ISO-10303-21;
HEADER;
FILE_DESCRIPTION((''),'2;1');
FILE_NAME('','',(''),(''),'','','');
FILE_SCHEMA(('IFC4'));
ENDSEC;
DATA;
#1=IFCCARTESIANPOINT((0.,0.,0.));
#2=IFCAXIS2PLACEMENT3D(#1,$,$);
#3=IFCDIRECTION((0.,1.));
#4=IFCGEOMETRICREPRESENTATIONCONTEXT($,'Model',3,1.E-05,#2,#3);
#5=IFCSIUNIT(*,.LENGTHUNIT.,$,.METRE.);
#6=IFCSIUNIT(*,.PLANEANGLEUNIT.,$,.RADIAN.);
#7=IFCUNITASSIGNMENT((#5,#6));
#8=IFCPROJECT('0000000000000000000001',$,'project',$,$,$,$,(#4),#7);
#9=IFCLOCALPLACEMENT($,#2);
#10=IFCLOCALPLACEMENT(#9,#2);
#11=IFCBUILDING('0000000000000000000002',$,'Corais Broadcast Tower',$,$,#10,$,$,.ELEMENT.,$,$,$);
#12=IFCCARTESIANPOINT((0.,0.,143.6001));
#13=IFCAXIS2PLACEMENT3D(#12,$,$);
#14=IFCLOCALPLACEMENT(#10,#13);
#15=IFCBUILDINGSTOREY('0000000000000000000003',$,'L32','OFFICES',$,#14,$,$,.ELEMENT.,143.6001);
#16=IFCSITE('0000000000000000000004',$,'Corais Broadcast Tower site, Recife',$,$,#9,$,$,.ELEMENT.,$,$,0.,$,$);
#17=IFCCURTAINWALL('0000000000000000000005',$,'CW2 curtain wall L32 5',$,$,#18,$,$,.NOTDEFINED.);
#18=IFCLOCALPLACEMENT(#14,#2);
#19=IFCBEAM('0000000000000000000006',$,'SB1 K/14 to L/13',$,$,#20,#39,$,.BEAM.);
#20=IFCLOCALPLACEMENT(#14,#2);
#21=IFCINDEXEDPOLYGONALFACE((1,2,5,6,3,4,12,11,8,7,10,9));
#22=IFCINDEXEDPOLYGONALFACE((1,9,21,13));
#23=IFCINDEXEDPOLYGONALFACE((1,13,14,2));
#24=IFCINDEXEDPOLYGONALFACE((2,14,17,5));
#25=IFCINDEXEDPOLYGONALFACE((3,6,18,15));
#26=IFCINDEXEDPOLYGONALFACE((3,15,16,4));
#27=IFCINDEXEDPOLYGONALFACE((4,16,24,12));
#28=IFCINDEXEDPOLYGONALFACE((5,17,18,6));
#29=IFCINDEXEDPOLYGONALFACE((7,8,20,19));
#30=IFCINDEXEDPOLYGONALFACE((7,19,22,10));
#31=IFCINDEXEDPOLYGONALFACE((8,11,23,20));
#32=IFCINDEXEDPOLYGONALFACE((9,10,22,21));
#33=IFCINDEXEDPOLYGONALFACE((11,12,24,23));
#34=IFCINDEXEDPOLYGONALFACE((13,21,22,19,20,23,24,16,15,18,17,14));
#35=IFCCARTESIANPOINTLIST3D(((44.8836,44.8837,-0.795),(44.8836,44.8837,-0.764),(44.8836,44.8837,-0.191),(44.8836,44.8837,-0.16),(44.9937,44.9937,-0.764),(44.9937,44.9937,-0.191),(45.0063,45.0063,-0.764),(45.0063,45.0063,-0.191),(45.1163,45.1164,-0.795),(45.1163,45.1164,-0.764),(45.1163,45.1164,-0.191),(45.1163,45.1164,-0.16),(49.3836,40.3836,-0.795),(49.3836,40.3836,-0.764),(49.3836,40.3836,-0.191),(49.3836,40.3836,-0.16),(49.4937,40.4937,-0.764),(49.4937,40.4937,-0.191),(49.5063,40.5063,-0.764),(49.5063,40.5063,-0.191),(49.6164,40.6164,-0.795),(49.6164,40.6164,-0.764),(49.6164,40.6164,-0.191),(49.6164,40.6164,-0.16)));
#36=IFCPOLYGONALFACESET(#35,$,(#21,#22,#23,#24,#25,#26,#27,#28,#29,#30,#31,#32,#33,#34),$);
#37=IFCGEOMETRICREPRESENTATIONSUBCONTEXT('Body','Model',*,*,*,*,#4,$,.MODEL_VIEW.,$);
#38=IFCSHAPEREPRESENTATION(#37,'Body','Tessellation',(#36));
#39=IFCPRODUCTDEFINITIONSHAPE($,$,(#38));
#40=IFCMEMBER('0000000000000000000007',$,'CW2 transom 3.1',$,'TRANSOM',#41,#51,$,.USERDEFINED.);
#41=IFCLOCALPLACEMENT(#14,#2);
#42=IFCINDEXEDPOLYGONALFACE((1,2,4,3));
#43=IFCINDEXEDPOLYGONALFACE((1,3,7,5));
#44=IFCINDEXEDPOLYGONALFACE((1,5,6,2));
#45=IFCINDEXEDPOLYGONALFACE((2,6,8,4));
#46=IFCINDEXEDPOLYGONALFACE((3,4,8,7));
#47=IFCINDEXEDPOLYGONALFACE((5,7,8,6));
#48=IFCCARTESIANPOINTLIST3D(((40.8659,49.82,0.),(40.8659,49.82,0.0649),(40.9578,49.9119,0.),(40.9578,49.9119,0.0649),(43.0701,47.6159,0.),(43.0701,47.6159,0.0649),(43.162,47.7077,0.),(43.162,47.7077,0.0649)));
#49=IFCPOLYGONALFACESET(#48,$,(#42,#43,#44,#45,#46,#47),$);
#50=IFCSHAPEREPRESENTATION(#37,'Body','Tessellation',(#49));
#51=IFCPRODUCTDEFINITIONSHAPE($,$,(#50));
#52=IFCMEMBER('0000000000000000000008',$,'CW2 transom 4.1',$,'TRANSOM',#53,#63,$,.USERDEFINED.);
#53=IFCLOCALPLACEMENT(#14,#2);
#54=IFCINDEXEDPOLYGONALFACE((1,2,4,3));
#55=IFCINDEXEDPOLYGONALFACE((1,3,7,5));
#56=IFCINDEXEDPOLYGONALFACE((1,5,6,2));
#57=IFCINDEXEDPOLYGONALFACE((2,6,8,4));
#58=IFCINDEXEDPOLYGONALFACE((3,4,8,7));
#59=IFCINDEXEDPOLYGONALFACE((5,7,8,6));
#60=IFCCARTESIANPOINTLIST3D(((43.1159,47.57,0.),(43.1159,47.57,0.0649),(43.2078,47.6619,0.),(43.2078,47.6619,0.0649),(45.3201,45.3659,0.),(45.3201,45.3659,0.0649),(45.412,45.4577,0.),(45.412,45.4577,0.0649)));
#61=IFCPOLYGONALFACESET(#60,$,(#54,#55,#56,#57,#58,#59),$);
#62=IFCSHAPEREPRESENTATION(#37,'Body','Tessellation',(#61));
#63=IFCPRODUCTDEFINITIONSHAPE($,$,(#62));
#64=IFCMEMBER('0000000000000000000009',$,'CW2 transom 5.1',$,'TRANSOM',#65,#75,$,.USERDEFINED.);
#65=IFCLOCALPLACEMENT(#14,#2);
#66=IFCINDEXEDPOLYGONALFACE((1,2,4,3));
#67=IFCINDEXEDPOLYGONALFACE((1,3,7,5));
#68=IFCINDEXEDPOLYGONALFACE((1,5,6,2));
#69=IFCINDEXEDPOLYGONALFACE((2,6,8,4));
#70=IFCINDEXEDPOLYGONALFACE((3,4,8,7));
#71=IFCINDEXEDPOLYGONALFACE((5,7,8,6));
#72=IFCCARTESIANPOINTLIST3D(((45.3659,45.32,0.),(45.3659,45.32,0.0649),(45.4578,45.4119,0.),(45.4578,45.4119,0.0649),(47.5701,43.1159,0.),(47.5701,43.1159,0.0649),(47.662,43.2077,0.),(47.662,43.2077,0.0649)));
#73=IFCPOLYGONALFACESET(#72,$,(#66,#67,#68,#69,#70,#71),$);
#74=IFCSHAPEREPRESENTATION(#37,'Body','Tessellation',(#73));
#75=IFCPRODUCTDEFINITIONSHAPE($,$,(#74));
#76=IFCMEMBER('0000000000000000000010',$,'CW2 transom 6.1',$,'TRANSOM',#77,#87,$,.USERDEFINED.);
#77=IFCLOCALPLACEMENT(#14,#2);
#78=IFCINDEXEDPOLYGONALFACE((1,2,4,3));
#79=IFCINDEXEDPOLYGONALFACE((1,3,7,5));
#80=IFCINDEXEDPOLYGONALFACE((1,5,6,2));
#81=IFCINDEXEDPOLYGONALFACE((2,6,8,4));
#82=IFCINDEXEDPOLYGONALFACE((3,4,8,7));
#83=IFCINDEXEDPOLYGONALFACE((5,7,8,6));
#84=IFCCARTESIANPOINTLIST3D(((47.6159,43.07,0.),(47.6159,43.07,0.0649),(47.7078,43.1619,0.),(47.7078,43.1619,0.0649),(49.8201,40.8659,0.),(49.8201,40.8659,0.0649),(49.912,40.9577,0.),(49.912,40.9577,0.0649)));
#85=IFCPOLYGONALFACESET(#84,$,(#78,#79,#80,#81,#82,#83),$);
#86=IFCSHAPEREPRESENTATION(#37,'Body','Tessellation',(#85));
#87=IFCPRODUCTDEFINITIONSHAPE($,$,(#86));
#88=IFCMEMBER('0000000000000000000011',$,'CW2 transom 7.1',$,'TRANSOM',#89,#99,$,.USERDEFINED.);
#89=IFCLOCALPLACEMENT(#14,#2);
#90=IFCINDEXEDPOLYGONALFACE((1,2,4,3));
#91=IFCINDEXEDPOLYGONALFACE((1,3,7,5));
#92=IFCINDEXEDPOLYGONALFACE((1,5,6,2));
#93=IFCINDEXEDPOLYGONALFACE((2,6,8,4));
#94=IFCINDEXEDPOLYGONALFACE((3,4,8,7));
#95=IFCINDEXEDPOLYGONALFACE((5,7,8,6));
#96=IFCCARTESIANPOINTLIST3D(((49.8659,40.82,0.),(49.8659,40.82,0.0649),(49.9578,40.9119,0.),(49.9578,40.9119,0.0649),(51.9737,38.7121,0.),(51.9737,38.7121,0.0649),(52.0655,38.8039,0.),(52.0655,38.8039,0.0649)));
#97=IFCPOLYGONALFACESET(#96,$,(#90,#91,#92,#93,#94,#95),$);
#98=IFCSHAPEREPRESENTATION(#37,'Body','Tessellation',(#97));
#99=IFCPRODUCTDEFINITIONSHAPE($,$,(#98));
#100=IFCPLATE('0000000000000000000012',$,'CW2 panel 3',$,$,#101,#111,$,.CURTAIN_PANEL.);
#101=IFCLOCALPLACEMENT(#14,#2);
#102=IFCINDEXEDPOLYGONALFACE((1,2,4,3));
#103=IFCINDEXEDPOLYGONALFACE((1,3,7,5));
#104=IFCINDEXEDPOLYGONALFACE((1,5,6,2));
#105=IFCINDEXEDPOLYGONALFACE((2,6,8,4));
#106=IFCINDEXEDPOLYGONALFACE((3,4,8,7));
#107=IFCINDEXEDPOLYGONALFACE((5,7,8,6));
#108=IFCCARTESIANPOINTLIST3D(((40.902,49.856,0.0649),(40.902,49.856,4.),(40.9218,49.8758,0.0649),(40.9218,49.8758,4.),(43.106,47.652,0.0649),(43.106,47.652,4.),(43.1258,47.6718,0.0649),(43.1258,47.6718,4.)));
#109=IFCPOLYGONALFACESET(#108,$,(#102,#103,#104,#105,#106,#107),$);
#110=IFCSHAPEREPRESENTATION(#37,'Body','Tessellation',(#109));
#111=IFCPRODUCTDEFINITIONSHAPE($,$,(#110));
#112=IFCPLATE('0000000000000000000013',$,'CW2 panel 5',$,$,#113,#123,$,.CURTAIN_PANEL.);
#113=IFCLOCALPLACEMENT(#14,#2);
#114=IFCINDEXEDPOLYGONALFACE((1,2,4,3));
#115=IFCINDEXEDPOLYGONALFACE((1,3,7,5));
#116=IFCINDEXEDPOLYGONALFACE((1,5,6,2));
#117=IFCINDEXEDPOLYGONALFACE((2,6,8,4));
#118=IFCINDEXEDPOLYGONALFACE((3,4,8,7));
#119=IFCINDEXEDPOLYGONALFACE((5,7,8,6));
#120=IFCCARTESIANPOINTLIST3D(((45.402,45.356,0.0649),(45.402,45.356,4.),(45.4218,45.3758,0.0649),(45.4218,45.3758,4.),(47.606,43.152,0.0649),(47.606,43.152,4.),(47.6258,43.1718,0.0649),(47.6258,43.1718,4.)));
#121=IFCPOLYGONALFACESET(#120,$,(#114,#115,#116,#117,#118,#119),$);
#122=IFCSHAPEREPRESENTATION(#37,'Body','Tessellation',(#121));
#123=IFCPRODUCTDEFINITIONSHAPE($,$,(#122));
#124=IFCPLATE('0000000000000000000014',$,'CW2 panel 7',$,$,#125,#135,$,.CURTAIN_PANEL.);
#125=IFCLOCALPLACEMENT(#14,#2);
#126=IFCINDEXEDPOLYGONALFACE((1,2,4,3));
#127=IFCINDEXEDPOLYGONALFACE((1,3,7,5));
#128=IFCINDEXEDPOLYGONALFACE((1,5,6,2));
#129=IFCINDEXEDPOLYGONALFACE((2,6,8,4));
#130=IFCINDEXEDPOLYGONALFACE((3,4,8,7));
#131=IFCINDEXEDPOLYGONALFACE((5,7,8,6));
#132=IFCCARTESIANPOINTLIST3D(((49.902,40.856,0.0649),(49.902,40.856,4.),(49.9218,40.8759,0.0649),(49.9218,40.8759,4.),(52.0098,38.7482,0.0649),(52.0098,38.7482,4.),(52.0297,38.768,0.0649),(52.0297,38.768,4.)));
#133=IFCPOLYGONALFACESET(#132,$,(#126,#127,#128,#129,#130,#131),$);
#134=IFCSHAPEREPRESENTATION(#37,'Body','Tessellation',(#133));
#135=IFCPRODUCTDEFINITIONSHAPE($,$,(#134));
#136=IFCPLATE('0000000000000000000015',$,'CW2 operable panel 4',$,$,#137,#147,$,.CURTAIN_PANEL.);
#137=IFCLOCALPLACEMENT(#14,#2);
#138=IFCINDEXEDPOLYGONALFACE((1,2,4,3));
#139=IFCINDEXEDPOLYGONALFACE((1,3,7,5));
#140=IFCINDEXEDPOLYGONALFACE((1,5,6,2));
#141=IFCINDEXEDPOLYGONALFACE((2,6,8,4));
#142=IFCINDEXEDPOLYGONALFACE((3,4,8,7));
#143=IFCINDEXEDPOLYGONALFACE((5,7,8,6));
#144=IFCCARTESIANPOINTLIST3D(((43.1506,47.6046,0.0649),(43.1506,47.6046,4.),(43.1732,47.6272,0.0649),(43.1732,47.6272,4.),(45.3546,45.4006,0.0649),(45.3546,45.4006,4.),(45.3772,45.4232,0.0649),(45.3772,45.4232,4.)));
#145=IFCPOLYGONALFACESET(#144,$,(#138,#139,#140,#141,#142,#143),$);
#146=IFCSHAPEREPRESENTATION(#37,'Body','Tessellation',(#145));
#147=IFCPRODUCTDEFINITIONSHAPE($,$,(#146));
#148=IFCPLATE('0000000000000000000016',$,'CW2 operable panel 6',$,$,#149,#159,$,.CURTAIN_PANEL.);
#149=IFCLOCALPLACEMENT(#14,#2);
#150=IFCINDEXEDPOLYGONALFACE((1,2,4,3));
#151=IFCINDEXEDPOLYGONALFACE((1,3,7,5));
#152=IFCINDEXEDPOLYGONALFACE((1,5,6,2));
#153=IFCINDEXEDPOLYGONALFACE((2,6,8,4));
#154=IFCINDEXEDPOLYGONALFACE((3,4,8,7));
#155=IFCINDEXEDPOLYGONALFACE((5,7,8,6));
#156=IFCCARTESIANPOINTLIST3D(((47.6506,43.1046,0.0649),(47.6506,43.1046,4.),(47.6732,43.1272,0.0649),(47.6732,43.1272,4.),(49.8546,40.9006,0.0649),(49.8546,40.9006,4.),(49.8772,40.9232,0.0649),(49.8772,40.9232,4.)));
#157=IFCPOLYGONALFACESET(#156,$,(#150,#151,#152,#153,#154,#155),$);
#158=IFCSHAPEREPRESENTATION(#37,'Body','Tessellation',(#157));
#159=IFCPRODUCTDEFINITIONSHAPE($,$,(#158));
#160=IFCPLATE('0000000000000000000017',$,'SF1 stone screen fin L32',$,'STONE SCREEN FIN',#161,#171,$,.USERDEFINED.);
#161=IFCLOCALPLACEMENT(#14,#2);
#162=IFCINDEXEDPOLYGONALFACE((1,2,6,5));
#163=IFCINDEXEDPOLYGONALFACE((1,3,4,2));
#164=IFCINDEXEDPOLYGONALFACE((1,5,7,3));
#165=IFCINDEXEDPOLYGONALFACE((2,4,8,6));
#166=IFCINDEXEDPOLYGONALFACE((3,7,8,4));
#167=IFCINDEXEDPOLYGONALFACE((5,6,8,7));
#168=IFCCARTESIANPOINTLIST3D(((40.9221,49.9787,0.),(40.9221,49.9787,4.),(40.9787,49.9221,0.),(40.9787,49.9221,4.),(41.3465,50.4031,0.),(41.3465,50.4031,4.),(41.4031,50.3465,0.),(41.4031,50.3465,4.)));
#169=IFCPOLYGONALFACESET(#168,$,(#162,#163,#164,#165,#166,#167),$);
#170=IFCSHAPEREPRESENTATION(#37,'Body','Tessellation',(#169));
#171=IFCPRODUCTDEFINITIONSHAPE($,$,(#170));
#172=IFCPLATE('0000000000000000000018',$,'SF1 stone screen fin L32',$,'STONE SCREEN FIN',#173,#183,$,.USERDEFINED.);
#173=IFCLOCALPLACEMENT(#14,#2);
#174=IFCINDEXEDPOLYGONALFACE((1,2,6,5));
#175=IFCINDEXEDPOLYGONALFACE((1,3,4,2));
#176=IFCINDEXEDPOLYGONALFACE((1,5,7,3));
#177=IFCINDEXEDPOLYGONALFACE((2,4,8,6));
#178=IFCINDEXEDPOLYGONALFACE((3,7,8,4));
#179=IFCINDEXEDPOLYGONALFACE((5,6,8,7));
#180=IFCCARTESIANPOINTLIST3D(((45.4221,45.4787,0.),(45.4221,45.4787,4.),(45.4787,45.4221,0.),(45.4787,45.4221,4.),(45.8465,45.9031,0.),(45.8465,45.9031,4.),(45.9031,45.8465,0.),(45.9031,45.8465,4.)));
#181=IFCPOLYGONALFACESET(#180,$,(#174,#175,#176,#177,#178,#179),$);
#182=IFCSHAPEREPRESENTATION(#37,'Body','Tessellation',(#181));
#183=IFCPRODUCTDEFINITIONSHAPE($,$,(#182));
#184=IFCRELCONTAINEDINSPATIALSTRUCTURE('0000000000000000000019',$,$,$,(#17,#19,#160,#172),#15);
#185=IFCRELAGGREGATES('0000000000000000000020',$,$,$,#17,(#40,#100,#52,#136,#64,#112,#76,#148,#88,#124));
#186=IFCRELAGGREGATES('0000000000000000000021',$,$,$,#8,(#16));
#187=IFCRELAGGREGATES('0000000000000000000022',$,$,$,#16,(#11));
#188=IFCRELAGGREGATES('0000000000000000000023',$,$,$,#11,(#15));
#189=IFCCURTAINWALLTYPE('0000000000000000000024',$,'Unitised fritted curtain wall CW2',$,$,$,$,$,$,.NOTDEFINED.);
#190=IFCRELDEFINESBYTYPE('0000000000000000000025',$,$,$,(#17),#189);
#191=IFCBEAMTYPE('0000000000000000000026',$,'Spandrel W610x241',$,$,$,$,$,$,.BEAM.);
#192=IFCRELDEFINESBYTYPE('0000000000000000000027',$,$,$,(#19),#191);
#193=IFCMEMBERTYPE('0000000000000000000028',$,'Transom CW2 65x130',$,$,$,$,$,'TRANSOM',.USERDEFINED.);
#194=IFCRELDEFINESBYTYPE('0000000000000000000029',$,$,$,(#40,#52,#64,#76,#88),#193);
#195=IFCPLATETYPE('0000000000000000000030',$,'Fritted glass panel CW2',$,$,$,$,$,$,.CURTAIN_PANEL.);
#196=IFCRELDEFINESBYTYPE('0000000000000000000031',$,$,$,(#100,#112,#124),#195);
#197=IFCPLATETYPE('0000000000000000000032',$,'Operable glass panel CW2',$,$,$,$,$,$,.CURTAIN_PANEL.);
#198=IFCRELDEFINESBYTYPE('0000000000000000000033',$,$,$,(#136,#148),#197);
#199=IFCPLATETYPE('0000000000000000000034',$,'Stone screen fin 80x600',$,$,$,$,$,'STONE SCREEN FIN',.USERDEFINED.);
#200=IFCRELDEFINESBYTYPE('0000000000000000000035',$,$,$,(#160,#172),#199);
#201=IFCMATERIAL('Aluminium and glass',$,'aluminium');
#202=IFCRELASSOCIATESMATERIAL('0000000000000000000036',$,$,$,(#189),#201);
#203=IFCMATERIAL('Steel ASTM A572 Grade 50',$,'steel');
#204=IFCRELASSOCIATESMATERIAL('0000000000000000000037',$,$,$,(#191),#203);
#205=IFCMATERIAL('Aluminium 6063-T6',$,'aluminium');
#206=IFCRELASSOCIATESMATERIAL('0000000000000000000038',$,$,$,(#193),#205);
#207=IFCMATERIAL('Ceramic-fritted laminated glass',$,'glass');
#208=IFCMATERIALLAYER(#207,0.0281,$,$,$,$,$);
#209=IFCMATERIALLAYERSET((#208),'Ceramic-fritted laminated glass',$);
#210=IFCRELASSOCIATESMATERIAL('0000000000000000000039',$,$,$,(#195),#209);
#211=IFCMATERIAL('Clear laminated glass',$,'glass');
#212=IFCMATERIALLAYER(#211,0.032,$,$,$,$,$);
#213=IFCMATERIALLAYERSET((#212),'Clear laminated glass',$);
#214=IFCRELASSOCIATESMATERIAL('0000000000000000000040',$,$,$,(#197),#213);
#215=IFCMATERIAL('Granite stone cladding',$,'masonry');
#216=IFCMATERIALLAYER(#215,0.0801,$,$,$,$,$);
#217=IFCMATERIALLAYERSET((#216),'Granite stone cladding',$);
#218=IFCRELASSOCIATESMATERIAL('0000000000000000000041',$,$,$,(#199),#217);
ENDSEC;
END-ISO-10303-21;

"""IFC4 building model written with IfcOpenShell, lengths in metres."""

from ifc_helpers import new_model, si_unit, direction, frame, origin, origin_2d, place, context, subcontext, project, spatial, rectangle, i_section, extrude, material, layer, layer_set, material_profile, profile_set, type_object, element, aggregate, save


model = new_model("IFC4")

# Units and contexts
model_context = context("Model", 3, precision=1e-05, world=origin(), true_north=direction((0.0, 1.0)))
body_context = subcontext(model_context, "Body", "Model", "MODEL_VIEW")
ifc_project = project(units=[si_unit("LENGTHUNIT", "METRE"), si_unit("PLANEANGLEUNIT", "RADIAN")], contexts=[model_context])

# Site, building, storey
site_placement = place(None, origin())
site = spatial("IfcSite", under=ifc_project, at=site_placement, Name="Corais Broadcast Tower site, Recife", CompositionType="ELEMENT", RefElevation=0.0)
building_placement = place(site_placement, origin())
building = spatial("IfcBuilding", under=site, at=building_placement, Name="Corais Broadcast Tower", CompositionType="ELEMENT")
storey_placement = place(building_placement, frame((0.0, 0.0, 143.6001)))
storey = spatial("IfcBuildingStorey", under=building, at=storey_placement, Name="L32", Description="OFFICES", CompositionType="ELEMENT", Elevation=143.6001)

# Curtain wall
ifc_material_1 = material(Name="Aluminium and glass", Category="aluminium")
curtain_wall_type = type_object("IfcCurtainWallType", Name="Unitised fritted curtain wall CW2", PredefinedType="NOTDEFINED", material=ifc_material_1)
curtain_wall_placement = place(storey_placement, origin())
curtain_wall = element("IfcCurtainWall", 1, at=curtain_wall_placement, inside=storey, type_object=curtain_wall_type, Name="CW2 curtain wall L32 5", PredefinedType="NOTDEFINED")

# Beam
ifc_material_2 = material(Name="Steel ASTM A572 Grade 50", Category="steel")
ifc_material_profile_1 = material_profile(ifc_material_2, i_section(OverallWidth=0.3291, OverallDepth=0.635, WebThickness=0.0178, FlangeThickness=0.031, at=origin_2d()), Name="W610x241")
ifc_profile_set_1 = profile_set([ifc_material_profile_1], Name="Steel ASTM A572 Grade 50")
beam_type_1 = type_object("IfcBeamType", Name="Spandrel W610x241", PredefinedType="BEAM", material=ifc_profile_set_1)
for number, where, z_axis, x_axis, name in (
    (2, (49.5, 40.5, -0.4775), (-0.707107, 0.707107, 0.0), (-0.707107, -0.707107, 0.0), "SB1 K/14 to L/13"),
):
    element("IfcBeam", number, at=place(storey_placement, frame(where, z_axis=z_axis, x_axis=x_axis)), inside=storey, type_object=beam_type_1, Name=name, PredefinedType="BEAM", context=body_context, shape_type="SweptSolid", body=[
        extrude(i_section(OverallWidth=0.3291, OverallDepth=0.635, WebThickness=0.0178, FlangeThickness=0.031, at=origin_2d()), origin(), (0.0, 0.0, 1.0), 6.364),
    ])

# Members
ifc_material_3 = material(Name="Aluminium 6063-T6", Category="aluminium")
ifc_material_profile_2 = material_profile(ifc_material_3, rectangle(XDim=0.1299, YDim=0.0649, at=origin_2d()), Name="Transom CW2 65x130")
ifc_profile_set_2 = profile_set([ifc_material_profile_2], Name="Aluminium 6063-T6")
member_type_1 = type_object("IfcMemberType", Name="Transom CW2 65x130", ElementType="TRANSOM", PredefinedType="USERDEFINED", material=ifc_profile_set_2)
member_1_placement = place(storey_placement, frame((40.9119, 49.866, 0.0325), z_axis=(0.707107, -0.707107, 0.0), x_axis=(0.707107, 0.707107, 0.0)))
member_1 = element("IfcMember", 3, at=member_1_placement, type_object=member_type_1, Name="CW2 transom 3.1", ObjectType="TRANSOM", PredefinedType="USERDEFINED", context=body_context, shape_type="SweptSolid", body=[
    extrude(rectangle(XDim=0.1299, YDim=0.0649, at=origin_2d()), origin(), (0.0, 0.0, 1.0), 3.1172),
])
member_2_placement = place(storey_placement, frame((43.1619, 47.616, 0.0325), z_axis=(0.707107, -0.707107, 0.0), x_axis=(0.707107, 0.707107, 0.0)))
member_2 = element("IfcMember", 4, at=member_2_placement, type_object=member_type_1, Name="CW2 transom 4.1", ObjectType="TRANSOM", PredefinedType="USERDEFINED", context=body_context, shape_type="SweptSolid", body=[
    extrude(rectangle(XDim=0.1299, YDim=0.0649, at=origin_2d()), origin(), (0.0, 0.0, 1.0), 3.1172),
])
member_3_placement = place(storey_placement, frame((45.4119, 45.366, 0.0325), z_axis=(0.707107, -0.707107, 0.0), x_axis=(0.707107, 0.707107, 0.0)))
member_3 = element("IfcMember", 5, at=member_3_placement, type_object=member_type_1, Name="CW2 transom 5.1", ObjectType="TRANSOM", PredefinedType="USERDEFINED", context=body_context, shape_type="SweptSolid", body=[
    extrude(rectangle(XDim=0.1299, YDim=0.0649, at=origin_2d()), origin(), (0.0, 0.0, 1.0), 3.1172),
])
member_4_placement = place(storey_placement, frame((47.6619, 43.116, 0.0325), z_axis=(0.707107, -0.707107, 0.0), x_axis=(0.707107, 0.707107, 0.0)))
member_4 = element("IfcMember", 6, at=member_4_placement, type_object=member_type_1, Name="CW2 transom 6.1", ObjectType="TRANSOM", PredefinedType="USERDEFINED", context=body_context, shape_type="SweptSolid", body=[
    extrude(rectangle(XDim=0.1299, YDim=0.0649, at=origin_2d()), origin(), (0.0, 0.0, 1.0), 3.1172),
])
member_5_placement = place(storey_placement, frame((49.9119, 40.866, 0.0325), z_axis=(0.707066, -0.707148, 0.0), x_axis=(0.707148, 0.707066, 0.0)))
member_5 = element("IfcMember", 7, at=member_5_placement, type_object=member_type_1, Name="CW2 transom 7.1", ObjectType="TRANSOM", PredefinedType="USERDEFINED", context=body_context, shape_type="SweptSolid", body=[
    extrude(rectangle(XDim=0.1299, YDim=0.0649, at=origin_2d()), origin(), (0.0, 0.0, 1.0), 2.981),
])

# Plates
ifc_material_4 = material(Name="Ceramic-fritted laminated glass", Category="glass")
ifc_layer_1 = layer(ifc_material_4, 0.0281)
ifc_layer_set_1 = layer_set([ifc_layer_1], Name="Ceramic-fritted laminated glass")
plate_type_1 = type_object("IfcPlateType", Name="Fritted glass panel CW2", PredefinedType="CURTAIN_PANEL", material=ifc_layer_set_1)
plate_1_placement = place(storey_placement, frame((42.0139, 48.7639, 0.0649), z_axis=(0.0, 0.0, 1.0), x_axis=(0.707107, -0.707107, 0.0)))
plate_1 = element("IfcPlate", 8, at=plate_1_placement, type_object=plate_type_1, Name="CW2 panel 3", PredefinedType="CURTAIN_PANEL", context=body_context, shape_type="SweptSolid", body=[
    extrude(rectangle(XDim=3.1169, YDim=0.0281, at=origin_2d()), origin(), (0.0, 0.0, 1.0), 3.9351),
])
plate_2_placement = place(storey_placement, frame((46.5139, 44.2639, 0.0649), z_axis=(0.0, 0.0, 1.0), x_axis=(0.707107, -0.707107, 0.0)))
plate_2 = element("IfcPlate", 9, at=plate_2_placement, type_object=plate_type_1, Name="CW2 panel 5", PredefinedType="CURTAIN_PANEL", context=body_context, shape_type="SweptSolid", body=[
    extrude(rectangle(XDim=3.1169, YDim=0.0281, at=origin_2d()), origin(), (0.0, 0.0, 1.0), 3.9351),
])
plate_3_placement = place(storey_placement, frame((50.9658, 39.812, 0.0649), z_axis=(0.0, 0.0, 1.0), x_axis=(0.707107, -0.707107, 0.0)))
plate_3 = element("IfcPlate", 10, at=plate_3_placement, type_object=plate_type_1, Name="CW2 panel 7", PredefinedType="CURTAIN_PANEL", context=body_context, shape_type="SweptSolid", body=[
    extrude(rectangle(XDim=2.981, YDim=0.0281, at=origin_2d()), origin(), (0.0, 0.0, 1.0), 3.9351),
])
ifc_material_5 = material(Name="Clear laminated glass", Category="glass")
ifc_layer_2 = layer(ifc_material_5, 0.032)
ifc_layer_set_2 = layer_set([ifc_layer_2], Name="Clear laminated glass")
plate_type_2 = type_object("IfcPlateType", Name="Operable glass panel CW2", PredefinedType="CURTAIN_PANEL", material=ifc_layer_set_2)
plate_4_placement = place(storey_placement, frame((44.2639, 46.5139, 0.0649), z_axis=(0.0, 0.0, 1.0), x_axis=(0.707107, -0.707107, 0.0)))
plate_4 = element("IfcPlate", 11, at=plate_4_placement, type_object=plate_type_2, Name="CW2 operable panel 4", PredefinedType="CURTAIN_PANEL", context=body_context, shape_type="SweptSolid", body=[
    extrude(rectangle(XDim=3.1169, YDim=0.032, at=origin_2d()), origin(), (0.0, 0.0, 1.0), 3.9351),
])
plate_5_placement = place(storey_placement, frame((48.7639, 42.0139, 0.0649), z_axis=(0.0, 0.0, 1.0), x_axis=(0.707107, -0.707107, 0.0)))
plate_5 = element("IfcPlate", 12, at=plate_5_placement, type_object=plate_type_2, Name="CW2 operable panel 6", PredefinedType="CURTAIN_PANEL", context=body_context, shape_type="SweptSolid", body=[
    extrude(rectangle(XDim=3.1169, YDim=0.032, at=origin_2d()), origin(), (0.0, 0.0, 1.0), 3.9351),
])
aggregate(curtain_wall, [member_1, plate_1, member_2, plate_4, member_3, plate_2, member_4, plate_5, member_5, plate_3])

# Plates
ifc_material_6 = material(Name="Granite stone cladding", Category="masonry")
ifc_layer_3 = layer(ifc_material_6, 0.0801)
ifc_layer_set_3 = layer_set([ifc_layer_3], Name="Granite stone cladding")
plate_type_3 = type_object("IfcPlateType", Name="Stone screen fin 80x600", ElementType="STONE SCREEN FIN", PredefinedType="USERDEFINED", material=ifc_layer_set_3)
for number, where, z_axis, x_axis, name in (
    (13, (41.1626, 50.1626, 0.0), (0.0, 0.0, 1.0), (0.707107, -0.707107, 0.0), "SF1 stone screen fin L32"),
    (14, (45.6626, 45.6626, 0.0), (0.0, 0.0, 1.0), (0.707107, -0.707107, 0.0), "SF1 stone screen fin L32"),
):
    element("IfcPlate", number, at=place(storey_placement, frame(where, z_axis=z_axis, x_axis=x_axis)), inside=storey, type_object=plate_type_3, Name=name, ObjectType="STONE SCREEN FIN", PredefinedType="USERDEFINED", context=body_context, shape_type="SweptSolid", body=[
        extrude(rectangle(XDim=0.0801, YDim=0.6001, at=origin_2d()), origin(), (0.0, 0.0, 1.0), 4.0),
    ])

save(model, "model.ifc")
